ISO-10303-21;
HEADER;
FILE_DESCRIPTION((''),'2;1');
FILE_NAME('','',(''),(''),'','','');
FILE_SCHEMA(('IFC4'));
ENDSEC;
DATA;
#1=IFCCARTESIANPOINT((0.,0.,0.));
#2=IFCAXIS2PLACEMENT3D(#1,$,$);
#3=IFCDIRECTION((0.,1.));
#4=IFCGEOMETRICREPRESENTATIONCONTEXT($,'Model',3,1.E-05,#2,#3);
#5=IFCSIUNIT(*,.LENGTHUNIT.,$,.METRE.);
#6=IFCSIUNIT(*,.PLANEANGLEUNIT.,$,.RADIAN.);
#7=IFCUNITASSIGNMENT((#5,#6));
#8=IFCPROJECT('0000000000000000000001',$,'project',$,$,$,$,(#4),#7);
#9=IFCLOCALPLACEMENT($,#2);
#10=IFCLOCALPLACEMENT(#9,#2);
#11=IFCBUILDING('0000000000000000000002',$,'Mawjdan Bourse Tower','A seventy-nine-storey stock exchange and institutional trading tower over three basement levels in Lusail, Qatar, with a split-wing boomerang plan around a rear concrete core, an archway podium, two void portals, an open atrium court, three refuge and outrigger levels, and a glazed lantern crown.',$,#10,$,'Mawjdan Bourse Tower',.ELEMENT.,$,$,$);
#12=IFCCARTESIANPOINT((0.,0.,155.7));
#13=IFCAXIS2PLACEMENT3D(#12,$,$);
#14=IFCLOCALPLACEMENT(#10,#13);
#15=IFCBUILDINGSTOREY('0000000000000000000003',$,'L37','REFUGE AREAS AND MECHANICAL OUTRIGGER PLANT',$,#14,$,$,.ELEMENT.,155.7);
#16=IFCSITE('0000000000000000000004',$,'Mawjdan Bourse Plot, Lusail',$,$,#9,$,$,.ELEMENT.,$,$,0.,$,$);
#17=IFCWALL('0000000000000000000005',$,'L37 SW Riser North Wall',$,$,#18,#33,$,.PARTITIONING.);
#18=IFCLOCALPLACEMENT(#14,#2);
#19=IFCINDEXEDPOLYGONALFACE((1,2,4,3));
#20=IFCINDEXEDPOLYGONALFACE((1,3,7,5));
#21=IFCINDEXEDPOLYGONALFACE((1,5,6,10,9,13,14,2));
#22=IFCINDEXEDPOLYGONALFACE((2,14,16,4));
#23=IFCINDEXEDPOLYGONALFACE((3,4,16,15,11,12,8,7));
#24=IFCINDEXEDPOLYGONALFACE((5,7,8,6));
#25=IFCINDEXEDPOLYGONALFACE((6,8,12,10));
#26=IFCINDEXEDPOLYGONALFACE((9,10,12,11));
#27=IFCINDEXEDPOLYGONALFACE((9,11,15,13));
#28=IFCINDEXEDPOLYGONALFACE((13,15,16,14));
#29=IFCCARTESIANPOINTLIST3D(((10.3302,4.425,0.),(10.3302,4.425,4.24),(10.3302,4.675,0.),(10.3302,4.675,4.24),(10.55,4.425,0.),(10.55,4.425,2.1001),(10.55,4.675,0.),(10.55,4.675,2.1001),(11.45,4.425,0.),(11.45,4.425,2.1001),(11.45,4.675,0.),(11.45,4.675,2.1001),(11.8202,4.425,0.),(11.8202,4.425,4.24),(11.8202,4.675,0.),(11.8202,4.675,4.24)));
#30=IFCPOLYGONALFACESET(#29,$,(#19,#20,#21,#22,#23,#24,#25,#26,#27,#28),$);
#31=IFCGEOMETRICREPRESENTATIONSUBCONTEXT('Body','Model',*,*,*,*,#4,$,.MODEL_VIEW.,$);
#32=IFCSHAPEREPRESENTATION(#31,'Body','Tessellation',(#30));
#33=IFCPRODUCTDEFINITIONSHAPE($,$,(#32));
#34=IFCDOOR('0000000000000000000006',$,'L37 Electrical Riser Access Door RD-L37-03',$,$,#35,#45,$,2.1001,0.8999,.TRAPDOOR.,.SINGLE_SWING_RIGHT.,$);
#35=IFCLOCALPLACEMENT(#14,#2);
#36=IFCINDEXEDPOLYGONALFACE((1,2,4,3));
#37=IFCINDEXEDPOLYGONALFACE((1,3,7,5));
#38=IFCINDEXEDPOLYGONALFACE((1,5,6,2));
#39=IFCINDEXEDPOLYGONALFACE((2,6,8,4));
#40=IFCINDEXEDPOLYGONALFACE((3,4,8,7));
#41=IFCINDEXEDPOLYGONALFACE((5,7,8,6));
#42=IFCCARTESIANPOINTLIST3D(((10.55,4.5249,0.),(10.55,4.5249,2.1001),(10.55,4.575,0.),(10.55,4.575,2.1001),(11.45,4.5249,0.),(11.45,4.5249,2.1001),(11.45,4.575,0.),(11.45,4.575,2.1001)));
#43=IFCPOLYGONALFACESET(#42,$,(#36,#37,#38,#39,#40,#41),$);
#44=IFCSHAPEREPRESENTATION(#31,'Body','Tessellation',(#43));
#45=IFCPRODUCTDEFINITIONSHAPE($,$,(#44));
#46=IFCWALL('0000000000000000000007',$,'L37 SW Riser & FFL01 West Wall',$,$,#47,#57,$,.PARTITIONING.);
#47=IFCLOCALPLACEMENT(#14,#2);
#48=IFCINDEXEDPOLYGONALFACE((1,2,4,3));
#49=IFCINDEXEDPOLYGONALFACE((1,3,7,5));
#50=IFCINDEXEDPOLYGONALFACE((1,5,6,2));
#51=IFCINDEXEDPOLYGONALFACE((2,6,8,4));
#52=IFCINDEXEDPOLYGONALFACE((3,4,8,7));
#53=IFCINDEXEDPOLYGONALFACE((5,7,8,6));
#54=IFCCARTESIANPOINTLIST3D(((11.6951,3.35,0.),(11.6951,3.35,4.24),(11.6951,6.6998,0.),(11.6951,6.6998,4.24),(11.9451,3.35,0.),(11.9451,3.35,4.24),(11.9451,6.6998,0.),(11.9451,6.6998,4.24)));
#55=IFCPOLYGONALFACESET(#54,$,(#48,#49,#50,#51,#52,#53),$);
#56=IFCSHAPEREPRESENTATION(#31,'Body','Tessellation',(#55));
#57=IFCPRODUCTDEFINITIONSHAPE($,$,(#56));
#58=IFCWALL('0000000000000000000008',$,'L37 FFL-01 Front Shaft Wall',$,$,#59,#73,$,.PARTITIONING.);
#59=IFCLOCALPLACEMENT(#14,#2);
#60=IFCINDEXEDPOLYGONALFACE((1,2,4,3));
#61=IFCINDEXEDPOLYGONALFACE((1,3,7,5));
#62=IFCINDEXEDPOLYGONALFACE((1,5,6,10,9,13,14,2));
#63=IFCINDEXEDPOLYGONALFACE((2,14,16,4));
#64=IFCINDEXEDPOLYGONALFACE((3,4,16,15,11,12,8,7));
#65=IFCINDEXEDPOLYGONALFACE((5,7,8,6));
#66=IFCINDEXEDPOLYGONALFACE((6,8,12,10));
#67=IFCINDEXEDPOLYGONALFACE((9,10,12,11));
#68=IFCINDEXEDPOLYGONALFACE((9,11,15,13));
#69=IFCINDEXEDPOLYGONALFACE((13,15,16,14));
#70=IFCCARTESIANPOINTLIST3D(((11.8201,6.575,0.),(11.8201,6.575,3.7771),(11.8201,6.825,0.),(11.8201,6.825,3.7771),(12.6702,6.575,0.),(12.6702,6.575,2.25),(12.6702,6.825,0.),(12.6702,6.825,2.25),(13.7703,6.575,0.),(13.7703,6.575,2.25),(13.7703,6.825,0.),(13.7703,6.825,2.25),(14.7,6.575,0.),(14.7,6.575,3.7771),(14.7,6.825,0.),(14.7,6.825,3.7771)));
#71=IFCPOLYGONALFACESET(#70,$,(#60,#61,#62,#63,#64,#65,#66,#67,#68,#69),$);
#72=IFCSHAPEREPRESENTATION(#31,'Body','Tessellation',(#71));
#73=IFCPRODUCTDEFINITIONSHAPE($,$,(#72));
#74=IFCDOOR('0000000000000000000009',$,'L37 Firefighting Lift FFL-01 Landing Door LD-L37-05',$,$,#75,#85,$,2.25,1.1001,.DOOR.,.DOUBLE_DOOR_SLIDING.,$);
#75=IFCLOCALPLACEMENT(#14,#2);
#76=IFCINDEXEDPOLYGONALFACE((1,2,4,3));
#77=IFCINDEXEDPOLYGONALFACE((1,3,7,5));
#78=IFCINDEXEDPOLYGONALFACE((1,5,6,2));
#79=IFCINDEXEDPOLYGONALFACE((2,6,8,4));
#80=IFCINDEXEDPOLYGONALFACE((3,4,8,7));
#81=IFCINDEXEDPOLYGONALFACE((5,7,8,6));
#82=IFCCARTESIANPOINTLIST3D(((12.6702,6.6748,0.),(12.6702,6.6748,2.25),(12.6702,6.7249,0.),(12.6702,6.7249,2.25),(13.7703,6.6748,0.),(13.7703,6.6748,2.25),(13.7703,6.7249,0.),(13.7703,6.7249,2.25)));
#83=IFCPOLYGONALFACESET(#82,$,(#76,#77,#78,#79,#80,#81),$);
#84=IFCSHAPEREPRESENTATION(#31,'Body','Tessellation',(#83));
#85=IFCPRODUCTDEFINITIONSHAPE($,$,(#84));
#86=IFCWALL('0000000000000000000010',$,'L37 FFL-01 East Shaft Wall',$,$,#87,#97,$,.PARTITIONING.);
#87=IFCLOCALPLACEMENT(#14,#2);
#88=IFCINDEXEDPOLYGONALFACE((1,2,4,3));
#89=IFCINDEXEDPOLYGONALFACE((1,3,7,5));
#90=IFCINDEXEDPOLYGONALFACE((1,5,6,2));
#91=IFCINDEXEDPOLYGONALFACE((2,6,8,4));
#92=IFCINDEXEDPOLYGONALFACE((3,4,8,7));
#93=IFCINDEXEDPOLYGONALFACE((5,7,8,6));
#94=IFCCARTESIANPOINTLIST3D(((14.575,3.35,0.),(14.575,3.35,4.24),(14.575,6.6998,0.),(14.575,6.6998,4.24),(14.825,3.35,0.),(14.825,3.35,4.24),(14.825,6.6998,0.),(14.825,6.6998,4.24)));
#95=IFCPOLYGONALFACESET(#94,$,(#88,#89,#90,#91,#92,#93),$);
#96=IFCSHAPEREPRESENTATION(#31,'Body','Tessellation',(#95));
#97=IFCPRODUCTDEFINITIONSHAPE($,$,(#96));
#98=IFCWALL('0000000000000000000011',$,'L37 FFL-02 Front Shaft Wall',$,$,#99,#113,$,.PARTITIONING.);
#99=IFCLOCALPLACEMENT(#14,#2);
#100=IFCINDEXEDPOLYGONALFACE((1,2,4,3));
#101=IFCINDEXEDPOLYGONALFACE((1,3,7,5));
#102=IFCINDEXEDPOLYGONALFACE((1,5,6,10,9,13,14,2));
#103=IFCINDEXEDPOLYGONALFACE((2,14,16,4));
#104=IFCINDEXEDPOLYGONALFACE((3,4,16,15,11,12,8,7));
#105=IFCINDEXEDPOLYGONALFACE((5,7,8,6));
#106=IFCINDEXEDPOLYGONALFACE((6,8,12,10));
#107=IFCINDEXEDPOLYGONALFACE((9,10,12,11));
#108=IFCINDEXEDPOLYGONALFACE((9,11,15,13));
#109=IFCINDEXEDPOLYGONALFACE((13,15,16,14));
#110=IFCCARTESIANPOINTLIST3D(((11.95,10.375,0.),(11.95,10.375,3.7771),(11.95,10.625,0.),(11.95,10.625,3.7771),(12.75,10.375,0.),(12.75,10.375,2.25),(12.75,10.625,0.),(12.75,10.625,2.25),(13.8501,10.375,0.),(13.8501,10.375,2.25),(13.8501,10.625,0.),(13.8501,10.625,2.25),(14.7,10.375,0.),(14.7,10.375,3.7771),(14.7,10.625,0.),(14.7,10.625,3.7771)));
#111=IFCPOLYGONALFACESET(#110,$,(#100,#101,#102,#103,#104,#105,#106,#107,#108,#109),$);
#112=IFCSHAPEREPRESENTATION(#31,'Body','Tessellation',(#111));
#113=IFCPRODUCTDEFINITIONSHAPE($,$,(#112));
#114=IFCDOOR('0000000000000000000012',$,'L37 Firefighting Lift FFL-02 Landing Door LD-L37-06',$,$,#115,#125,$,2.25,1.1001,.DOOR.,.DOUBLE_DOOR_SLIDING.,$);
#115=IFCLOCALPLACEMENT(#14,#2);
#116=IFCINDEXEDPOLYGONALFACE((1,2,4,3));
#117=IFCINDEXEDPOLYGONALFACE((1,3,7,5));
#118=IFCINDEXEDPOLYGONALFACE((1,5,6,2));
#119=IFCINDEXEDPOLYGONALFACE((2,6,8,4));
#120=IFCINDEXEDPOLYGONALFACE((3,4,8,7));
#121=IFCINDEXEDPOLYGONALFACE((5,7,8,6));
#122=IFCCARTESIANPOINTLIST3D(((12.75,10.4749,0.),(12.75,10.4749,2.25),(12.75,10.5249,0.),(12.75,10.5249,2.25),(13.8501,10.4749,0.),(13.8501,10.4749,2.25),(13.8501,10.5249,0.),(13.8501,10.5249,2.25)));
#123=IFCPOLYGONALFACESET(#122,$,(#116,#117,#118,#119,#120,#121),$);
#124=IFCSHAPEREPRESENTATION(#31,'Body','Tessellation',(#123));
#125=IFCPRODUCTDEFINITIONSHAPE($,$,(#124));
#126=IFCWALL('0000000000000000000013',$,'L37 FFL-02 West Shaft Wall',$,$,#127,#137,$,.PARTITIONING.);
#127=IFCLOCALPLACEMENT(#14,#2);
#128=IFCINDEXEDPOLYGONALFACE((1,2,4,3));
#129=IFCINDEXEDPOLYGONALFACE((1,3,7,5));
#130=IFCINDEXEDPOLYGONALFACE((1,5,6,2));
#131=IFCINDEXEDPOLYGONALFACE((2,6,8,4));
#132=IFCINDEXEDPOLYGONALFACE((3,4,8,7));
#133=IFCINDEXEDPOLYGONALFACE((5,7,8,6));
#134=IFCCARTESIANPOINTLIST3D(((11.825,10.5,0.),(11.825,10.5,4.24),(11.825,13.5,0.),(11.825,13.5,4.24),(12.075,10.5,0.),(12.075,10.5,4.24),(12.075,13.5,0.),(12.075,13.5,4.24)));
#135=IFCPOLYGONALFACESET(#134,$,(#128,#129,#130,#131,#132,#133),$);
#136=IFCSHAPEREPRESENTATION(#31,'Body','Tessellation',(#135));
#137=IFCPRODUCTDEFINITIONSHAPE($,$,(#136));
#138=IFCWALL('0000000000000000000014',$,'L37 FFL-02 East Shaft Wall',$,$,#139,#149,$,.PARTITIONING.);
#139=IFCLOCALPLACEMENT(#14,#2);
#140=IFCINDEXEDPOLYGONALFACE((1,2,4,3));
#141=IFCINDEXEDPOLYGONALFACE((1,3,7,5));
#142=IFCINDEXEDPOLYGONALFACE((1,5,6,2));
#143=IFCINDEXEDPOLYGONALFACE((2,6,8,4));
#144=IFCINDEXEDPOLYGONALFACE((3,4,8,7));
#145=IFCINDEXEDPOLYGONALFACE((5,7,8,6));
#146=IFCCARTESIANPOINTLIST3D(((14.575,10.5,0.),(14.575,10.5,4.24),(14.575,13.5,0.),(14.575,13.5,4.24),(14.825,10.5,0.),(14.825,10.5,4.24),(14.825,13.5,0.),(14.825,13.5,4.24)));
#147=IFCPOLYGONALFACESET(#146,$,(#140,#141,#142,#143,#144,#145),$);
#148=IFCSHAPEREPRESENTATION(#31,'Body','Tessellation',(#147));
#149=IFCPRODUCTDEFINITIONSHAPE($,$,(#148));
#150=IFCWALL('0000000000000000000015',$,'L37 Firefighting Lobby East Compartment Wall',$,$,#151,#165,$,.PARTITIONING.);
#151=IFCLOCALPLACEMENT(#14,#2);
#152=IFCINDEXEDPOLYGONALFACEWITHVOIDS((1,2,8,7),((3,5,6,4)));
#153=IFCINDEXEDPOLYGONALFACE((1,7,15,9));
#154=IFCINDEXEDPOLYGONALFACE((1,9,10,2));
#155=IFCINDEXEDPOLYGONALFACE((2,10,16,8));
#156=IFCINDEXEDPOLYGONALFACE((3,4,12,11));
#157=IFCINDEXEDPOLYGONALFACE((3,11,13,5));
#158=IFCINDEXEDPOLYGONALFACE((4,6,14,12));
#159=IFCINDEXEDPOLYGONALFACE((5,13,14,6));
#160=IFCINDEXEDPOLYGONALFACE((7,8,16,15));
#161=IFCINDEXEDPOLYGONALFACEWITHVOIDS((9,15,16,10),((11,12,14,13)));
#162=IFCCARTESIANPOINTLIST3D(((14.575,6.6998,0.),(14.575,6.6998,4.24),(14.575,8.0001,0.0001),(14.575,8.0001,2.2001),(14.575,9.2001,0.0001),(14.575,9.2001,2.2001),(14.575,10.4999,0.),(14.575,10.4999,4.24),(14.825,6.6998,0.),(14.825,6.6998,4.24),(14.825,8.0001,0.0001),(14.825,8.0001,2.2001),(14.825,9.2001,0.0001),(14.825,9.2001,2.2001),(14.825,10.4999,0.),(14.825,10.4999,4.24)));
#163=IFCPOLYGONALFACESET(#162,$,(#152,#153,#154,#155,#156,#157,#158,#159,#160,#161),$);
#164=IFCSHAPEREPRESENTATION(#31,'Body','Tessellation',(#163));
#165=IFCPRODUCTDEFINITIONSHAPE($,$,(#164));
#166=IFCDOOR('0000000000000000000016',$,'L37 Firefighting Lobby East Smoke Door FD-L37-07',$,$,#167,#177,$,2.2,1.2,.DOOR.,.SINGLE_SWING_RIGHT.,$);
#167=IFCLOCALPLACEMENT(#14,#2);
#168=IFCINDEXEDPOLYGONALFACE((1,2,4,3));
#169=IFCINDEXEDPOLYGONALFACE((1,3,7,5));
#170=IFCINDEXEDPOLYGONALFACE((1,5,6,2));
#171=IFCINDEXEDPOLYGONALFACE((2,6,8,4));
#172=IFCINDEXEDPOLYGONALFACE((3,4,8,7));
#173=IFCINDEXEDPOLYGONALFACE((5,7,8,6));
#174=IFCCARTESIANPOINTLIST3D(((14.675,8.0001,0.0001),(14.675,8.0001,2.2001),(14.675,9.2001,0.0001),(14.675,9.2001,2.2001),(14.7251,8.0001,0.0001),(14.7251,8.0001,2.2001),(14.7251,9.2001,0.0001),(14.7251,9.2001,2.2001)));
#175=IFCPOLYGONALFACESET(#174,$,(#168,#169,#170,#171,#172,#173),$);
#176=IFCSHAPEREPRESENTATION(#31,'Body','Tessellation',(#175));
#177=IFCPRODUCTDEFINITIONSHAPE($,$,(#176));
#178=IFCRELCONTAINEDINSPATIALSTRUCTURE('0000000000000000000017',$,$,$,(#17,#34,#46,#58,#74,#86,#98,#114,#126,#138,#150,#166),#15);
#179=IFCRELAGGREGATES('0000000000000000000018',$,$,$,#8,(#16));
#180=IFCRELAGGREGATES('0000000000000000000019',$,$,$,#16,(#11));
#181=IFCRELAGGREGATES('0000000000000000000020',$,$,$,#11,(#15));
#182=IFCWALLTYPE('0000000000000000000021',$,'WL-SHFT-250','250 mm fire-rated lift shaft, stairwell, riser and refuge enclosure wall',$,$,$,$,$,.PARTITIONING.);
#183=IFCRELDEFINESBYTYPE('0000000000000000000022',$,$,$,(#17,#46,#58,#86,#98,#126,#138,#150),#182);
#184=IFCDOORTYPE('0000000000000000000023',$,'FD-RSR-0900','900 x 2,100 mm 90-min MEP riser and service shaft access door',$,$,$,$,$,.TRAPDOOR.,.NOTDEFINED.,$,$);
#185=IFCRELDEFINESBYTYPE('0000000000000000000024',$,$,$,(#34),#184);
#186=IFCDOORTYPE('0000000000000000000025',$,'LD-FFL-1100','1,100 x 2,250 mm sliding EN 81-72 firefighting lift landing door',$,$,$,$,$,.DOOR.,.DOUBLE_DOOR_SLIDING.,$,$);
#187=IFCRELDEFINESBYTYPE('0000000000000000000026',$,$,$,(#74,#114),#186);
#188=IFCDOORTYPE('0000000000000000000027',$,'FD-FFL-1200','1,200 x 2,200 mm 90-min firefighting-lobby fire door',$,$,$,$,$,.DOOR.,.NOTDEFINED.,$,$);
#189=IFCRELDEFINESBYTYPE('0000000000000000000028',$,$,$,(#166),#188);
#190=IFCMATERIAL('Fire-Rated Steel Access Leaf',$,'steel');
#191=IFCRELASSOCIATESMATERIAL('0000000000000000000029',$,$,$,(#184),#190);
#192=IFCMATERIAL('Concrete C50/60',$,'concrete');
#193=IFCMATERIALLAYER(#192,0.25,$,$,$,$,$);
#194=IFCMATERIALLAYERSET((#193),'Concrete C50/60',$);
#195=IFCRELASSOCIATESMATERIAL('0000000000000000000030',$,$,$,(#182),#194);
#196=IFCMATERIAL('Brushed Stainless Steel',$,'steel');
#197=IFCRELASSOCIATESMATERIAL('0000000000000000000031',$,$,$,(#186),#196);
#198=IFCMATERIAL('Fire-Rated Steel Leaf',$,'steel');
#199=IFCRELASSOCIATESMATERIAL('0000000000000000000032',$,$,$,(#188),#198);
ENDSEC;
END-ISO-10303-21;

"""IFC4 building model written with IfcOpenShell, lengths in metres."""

from ifc_helpers import new_model, si_unit, direction, frame, frame_2d, origin, place, context, subcontext, project, spatial, rectangle, extrude, material, layer, layer_set, type_object, element, fill, save


model = new_model("IFC4")

# Units and contexts
model_context = context("Model", 3, precision=1e-05, world=origin(), true_north=direction((0.0, 1.0)))
body_context = subcontext(model_context, "Body", "Model", "MODEL_VIEW")
ifc_project = project(units=[si_unit("LENGTHUNIT", "METRE"), si_unit("PLANEANGLEUNIT", "RADIAN")], contexts=[model_context])

# Site, building, storey
site_placement = place(None, origin())
site = spatial("IfcSite", under=ifc_project, at=site_placement, Name="Mawjdan Bourse Plot, Lusail", CompositionType="ELEMENT", RefElevation=0.0)
building_placement = place(site_placement, origin())
building = spatial("IfcBuilding", under=site, at=building_placement, Name="Mawjdan Bourse Tower", Description="A seventy-nine-storey stock exchange and institutional trading tower over three basement levels in Lusail, Qatar, with a split-wing boomerang plan around a rear concrete core, an archway podium, two void portals, an open atrium court, three refuge and outrigger levels, and a glazed lantern crown.", LongName="Mawjdan Bourse Tower", CompositionType="ELEMENT")
storey_placement = place(building_placement, frame((0.0, 0.0, 155.7)))
storey = spatial("IfcBuildingStorey", under=building, at=storey_placement, Name="L37", Description="REFUGE AREAS AND MECHANICAL OUTRIGGER PLANT", CompositionType="ELEMENT", Elevation=155.7)

# Wall, opening, door
ifc_material_1 = material(Name="Fire-Rated Steel Access Leaf", Category="steel")
door_type_1 = type_object("IfcDoorType", Name="FD-RSR-0900", Description="900 x 2,100 mm 90-min MEP riser and service shaft access door", OperationType="NOTDEFINED", PredefinedType="TRAPDOOR", material=ifc_material_1)
ifc_material_2 = material(Name="Concrete C50/60", Category="concrete")
ifc_layer_1 = layer(ifc_material_2, 0.25)
ifc_layer_set_1 = layer_set([ifc_layer_1], Name="Concrete C50/60")
wall_type_1 = type_object("IfcWallType", Name="WL-SHFT-250", Description="250 mm fire-rated lift shaft, stairwell, riser and refuge enclosure wall", PredefinedType="PARTITIONING", material=ifc_layer_set_1)
wall_1_placement = place(storey_placement, frame((10.3301, 4.55, 0.0), z_axis=(0.0, 0.0, 1.0), x_axis=(1.0, 0.0, 0.0)))
wall_1 = element("IfcWall", 1, at=wall_1_placement, inside=storey, type_object=wall_type_1, Name="L37 SW Riser North Wall", PredefinedType="PARTITIONING", context=body_context, shape_type="SweptSolid", body=[
    extrude(rectangle(XDim=1.49, YDim=0.25, at=frame_2d((0.7451, 0.0))), origin(), (0.0, 0.0, 1.0), 4.24),
])
opening_1_placement = place(wall_1_placement, frame((0.22, 0.0, 0.0)))
opening_1 = element("IfcOpeningElement", 2, at=opening_1_placement, cuts=wall_1, PredefinedType="OPENING", context=body_context, shape_type="SweptSolid", body=[
    extrude(rectangle(XDim=0.8999, YDim=2.1001, at=frame_2d((0.45, 1.05))), frame((0.0, 0.135, 0.0), z_axis=(0.0, -1.0, 0.0), x_axis=(1.0, 0.0, 0.0)), (0.0, 0.0, 1.0), 0.27),
])
door_1_placement = place(opening_1_placement, origin())
door_1 = element("IfcDoor", 3, at=door_1_placement, inside=storey, type_object=door_type_1, Name="L37 Electrical Riser Access Door RD-L37-03", OperationType="SINGLE_SWING_RIGHT", OverallHeight=2.1001, OverallWidth=0.8999, PredefinedType="TRAPDOOR", context=body_context, shape_type="SweptSolid", body=[
    extrude(rectangle(XDim=0.8999, YDim=2.1001, at=frame_2d((0.45, 1.05))), frame((0.0, 0.0249, 0.0), z_axis=(0.0, -1.0, 0.0), x_axis=(1.0, 0.0, 0.0)), (0.0, 0.0, 1.0), 0.05),
])
fill(opening_1, door_1)

# Wall
wall_2_placement = place(storey_placement, frame((11.8201, 3.3501, 0.0), z_axis=(0.0, 0.0, 1.0), x_axis=(0.0, 1.0, 0.0)))
element("IfcWall", 4, at=wall_2_placement, inside=storey, type_object=wall_type_1, Name="L37 SW Riser & FFL01 West Wall", PredefinedType="PARTITIONING", context=body_context, shape_type="SweptSolid", body=[
    extrude(rectangle(XDim=3.3499, YDim=0.25, at=frame_2d((1.6748, 0.0))), origin(), (0.0, 0.0, 1.0), 4.24),
])

# Wall, opening, door
wall_3_placement = place(storey_placement, frame((11.8201, 6.7, 0.0), z_axis=(0.0, 0.0, 1.0), x_axis=(1.0, 0.0, 0.0)))
wall_3 = element("IfcWall", 5, at=wall_3_placement, inside=storey, type_object=wall_type_1, Name="L37 FFL-01 Front Shaft Wall", PredefinedType="PARTITIONING", context=body_context, shape_type="SweptSolid", body=[
    extrude(rectangle(XDim=2.8799, YDim=0.25, at=frame_2d((1.4399, 0.0))), origin(), (0.0, 0.0, 1.0), 3.7771),
])
opening_2_placement = place(wall_3_placement, frame((0.8501, 0.0, 0.0)))
opening_2 = element("IfcOpeningElement", 6, at=opening_2_placement, cuts=wall_3, PredefinedType="OPENING", context=body_context, shape_type="SweptSolid", body=[
    extrude(rectangle(XDim=1.1001, YDim=2.25, at=frame_2d((0.55, 1.125))), frame((0.0, 0.135, 0.0), z_axis=(0.0, -1.0, 0.0), x_axis=(1.0, 0.0, 0.0)), (0.0, 0.0, 1.0), 0.27),
])
ifc_material_3 = material(Name="Brushed Stainless Steel", Category="steel")
door_type_2 = type_object("IfcDoorType", Name="LD-FFL-1100", Description="1,100 x 2,250 mm sliding EN 81-72 firefighting lift landing door", OperationType="DOUBLE_DOOR_SLIDING", PredefinedType="DOOR", material=ifc_material_3)
door_2_placement = place(opening_2_placement, origin())
door_2 = element("IfcDoor", 7, at=door_2_placement, inside=storey, type_object=door_type_2, Name="L37 Firefighting Lift FFL-01 Landing Door LD-L37-05", OperationType="DOUBLE_DOOR_SLIDING", OverallHeight=2.25, OverallWidth=1.1001, PredefinedType="DOOR", context=body_context, shape_type="SweptSolid", body=[
    extrude(rectangle(XDim=1.1001, YDim=2.25, at=frame_2d((0.55, 1.125))), frame((0.0, 0.0249, 0.0), z_axis=(0.0, -1.0, 0.0), x_axis=(1.0, 0.0, 0.0)), (0.0, 0.0, 1.0), 0.05),
])
fill(opening_2, door_2)

# Wall
wall_4_placement = place(storey_placement, frame((14.7, 3.3501, 0.0), z_axis=(0.0, 0.0, 1.0), x_axis=(0.0, 1.0, 0.0)))
element("IfcWall", 8, at=wall_4_placement, inside=storey, type_object=wall_type_1, Name="L37 FFL-01 East Shaft Wall", PredefinedType="PARTITIONING", context=body_context, shape_type="SweptSolid", body=[
    extrude(rectangle(XDim=3.3499, YDim=0.25, at=frame_2d((1.6748, 0.0))), origin(), (0.0, 0.0, 1.0), 4.24),
])

# Wall, opening, door
wall_5_placement = place(storey_placement, frame((11.95, 10.5, 0.0), z_axis=(0.0, 0.0, 1.0), x_axis=(1.0, 0.0, 0.0)))
wall_5 = element("IfcWall", 9, at=wall_5_placement, inside=storey, type_object=wall_type_1, Name="L37 FFL-02 Front Shaft Wall", PredefinedType="PARTITIONING", context=body_context, shape_type="SweptSolid", body=[
    extrude(rectangle(XDim=2.75, YDim=0.25, at=frame_2d((1.375, 0.0))), origin(), (0.0, 0.0, 1.0), 3.7771),
])
opening_3_placement = place(wall_5_placement, frame((0.8, 0.0, 0.0)))
opening_3 = element("IfcOpeningElement", 10, at=opening_3_placement, cuts=wall_5, PredefinedType="OPENING", context=body_context, shape_type="SweptSolid", body=[
    extrude(rectangle(XDim=1.1001, YDim=2.25, at=frame_2d((0.55, 1.125))), frame((0.0, 0.135, 0.0), z_axis=(0.0, -1.0, 0.0), x_axis=(1.0, 0.0, 0.0)), (0.0, 0.0, 1.0), 0.27),
])
door_3_placement = place(opening_3_placement, origin())
door_3 = element("IfcDoor", 11, at=door_3_placement, inside=storey, type_object=door_type_2, Name="L37 Firefighting Lift FFL-02 Landing Door LD-L37-06", OperationType="DOUBLE_DOOR_SLIDING", OverallHeight=2.25, OverallWidth=1.1001, PredefinedType="DOOR", context=body_context, shape_type="SweptSolid", body=[
    extrude(rectangle(XDim=1.1001, YDim=2.25, at=frame_2d((0.55, 1.125))), frame((0.0, 0.0249, 0.0), z_axis=(0.0, -1.0, 0.0), x_axis=(1.0, 0.0, 0.0)), (0.0, 0.0, 1.0), 0.05),
])
fill(opening_3, door_3)

# Walls
for number, where, z_axis, x_axis, name in (
    (12, (11.95, 10.5, 0.0), (0.0, 0.0, 1.0), (0.0, 1.0, 0.0), "L37 FFL-02 West Shaft Wall"),
    (13, (14.7, 10.5, 0.0), (0.0, 0.0, 1.0), (0.0, 1.0, 0.0), "L37 FFL-02 East Shaft Wall"),
):
    element("IfcWall", number, at=place(storey_placement, frame(where, z_axis=z_axis, x_axis=x_axis)), inside=storey, type_object=wall_type_1, Name=name, PredefinedType="PARTITIONING", context=body_context, shape_type="SweptSolid", body=[
        extrude(rectangle(XDim=3.0, YDim=0.25, at=frame_2d((1.5, 0.0))), origin(), (0.0, 0.0, 1.0), 4.24),
    ])

# Wall, opening, door
wall_6_placement = place(storey_placement, frame((14.7, 6.7, 0.0), z_axis=(0.0, 0.0, 1.0), x_axis=(0.0, 1.0, 0.0)))
wall_6 = element("IfcWall", 14, at=wall_6_placement, inside=storey, type_object=wall_type_1, Name="L37 Firefighting Lobby East Compartment Wall", PredefinedType="PARTITIONING", context=body_context, shape_type="SweptSolid", body=[
    extrude(rectangle(XDim=3.8, YDim=0.25, at=frame_2d((1.8999, 0.0))), origin(), (0.0, 0.0, 1.0), 4.24),
])
opening_4_placement = place(wall_6_placement, frame((1.3, 0.0, 0.0)))
opening_4 = element("IfcOpeningElement", 15, at=opening_4_placement, cuts=wall_6, PredefinedType="OPENING", context=body_context, shape_type="SweptSolid", body=[
    extrude(rectangle(XDim=1.2, YDim=2.2, at=frame_2d((0.6001, 1.1001))), frame((0.0, 0.135, 0.0), z_axis=(0.0, -1.0, 0.0), x_axis=(1.0, 0.0, 0.0)), (0.0, 0.0, 1.0), 0.27),
])
ifc_material_4 = material(Name="Fire-Rated Steel Leaf", Category="steel")
door_type_3 = type_object("IfcDoorType", Name="FD-FFL-1200", Description="1,200 x 2,200 mm 90-min firefighting-lobby fire door", OperationType="NOTDEFINED", PredefinedType="DOOR", material=ifc_material_4)
door_4_placement = place(opening_4_placement, origin())
door_4 = element("IfcDoor", 16, at=door_4_placement, inside=storey, type_object=door_type_3, Name="L37 Firefighting Lobby East Smoke Door FD-L37-07", OperationType="SINGLE_SWING_RIGHT", OverallHeight=2.2, OverallWidth=1.2, PredefinedType="DOOR", context=body_context, shape_type="SweptSolid", body=[
    extrude(rectangle(XDim=1.2, YDim=2.2, at=frame_2d((0.6001, 1.1001))), frame((0.0, 0.0249, 0.0), z_axis=(0.0, -1.0, 0.0), x_axis=(1.0, 0.0, 0.0)), (0.0, 0.0, 1.0), 0.05),
])
fill(opening_4, door_4)

save(model, "model.ifc")
